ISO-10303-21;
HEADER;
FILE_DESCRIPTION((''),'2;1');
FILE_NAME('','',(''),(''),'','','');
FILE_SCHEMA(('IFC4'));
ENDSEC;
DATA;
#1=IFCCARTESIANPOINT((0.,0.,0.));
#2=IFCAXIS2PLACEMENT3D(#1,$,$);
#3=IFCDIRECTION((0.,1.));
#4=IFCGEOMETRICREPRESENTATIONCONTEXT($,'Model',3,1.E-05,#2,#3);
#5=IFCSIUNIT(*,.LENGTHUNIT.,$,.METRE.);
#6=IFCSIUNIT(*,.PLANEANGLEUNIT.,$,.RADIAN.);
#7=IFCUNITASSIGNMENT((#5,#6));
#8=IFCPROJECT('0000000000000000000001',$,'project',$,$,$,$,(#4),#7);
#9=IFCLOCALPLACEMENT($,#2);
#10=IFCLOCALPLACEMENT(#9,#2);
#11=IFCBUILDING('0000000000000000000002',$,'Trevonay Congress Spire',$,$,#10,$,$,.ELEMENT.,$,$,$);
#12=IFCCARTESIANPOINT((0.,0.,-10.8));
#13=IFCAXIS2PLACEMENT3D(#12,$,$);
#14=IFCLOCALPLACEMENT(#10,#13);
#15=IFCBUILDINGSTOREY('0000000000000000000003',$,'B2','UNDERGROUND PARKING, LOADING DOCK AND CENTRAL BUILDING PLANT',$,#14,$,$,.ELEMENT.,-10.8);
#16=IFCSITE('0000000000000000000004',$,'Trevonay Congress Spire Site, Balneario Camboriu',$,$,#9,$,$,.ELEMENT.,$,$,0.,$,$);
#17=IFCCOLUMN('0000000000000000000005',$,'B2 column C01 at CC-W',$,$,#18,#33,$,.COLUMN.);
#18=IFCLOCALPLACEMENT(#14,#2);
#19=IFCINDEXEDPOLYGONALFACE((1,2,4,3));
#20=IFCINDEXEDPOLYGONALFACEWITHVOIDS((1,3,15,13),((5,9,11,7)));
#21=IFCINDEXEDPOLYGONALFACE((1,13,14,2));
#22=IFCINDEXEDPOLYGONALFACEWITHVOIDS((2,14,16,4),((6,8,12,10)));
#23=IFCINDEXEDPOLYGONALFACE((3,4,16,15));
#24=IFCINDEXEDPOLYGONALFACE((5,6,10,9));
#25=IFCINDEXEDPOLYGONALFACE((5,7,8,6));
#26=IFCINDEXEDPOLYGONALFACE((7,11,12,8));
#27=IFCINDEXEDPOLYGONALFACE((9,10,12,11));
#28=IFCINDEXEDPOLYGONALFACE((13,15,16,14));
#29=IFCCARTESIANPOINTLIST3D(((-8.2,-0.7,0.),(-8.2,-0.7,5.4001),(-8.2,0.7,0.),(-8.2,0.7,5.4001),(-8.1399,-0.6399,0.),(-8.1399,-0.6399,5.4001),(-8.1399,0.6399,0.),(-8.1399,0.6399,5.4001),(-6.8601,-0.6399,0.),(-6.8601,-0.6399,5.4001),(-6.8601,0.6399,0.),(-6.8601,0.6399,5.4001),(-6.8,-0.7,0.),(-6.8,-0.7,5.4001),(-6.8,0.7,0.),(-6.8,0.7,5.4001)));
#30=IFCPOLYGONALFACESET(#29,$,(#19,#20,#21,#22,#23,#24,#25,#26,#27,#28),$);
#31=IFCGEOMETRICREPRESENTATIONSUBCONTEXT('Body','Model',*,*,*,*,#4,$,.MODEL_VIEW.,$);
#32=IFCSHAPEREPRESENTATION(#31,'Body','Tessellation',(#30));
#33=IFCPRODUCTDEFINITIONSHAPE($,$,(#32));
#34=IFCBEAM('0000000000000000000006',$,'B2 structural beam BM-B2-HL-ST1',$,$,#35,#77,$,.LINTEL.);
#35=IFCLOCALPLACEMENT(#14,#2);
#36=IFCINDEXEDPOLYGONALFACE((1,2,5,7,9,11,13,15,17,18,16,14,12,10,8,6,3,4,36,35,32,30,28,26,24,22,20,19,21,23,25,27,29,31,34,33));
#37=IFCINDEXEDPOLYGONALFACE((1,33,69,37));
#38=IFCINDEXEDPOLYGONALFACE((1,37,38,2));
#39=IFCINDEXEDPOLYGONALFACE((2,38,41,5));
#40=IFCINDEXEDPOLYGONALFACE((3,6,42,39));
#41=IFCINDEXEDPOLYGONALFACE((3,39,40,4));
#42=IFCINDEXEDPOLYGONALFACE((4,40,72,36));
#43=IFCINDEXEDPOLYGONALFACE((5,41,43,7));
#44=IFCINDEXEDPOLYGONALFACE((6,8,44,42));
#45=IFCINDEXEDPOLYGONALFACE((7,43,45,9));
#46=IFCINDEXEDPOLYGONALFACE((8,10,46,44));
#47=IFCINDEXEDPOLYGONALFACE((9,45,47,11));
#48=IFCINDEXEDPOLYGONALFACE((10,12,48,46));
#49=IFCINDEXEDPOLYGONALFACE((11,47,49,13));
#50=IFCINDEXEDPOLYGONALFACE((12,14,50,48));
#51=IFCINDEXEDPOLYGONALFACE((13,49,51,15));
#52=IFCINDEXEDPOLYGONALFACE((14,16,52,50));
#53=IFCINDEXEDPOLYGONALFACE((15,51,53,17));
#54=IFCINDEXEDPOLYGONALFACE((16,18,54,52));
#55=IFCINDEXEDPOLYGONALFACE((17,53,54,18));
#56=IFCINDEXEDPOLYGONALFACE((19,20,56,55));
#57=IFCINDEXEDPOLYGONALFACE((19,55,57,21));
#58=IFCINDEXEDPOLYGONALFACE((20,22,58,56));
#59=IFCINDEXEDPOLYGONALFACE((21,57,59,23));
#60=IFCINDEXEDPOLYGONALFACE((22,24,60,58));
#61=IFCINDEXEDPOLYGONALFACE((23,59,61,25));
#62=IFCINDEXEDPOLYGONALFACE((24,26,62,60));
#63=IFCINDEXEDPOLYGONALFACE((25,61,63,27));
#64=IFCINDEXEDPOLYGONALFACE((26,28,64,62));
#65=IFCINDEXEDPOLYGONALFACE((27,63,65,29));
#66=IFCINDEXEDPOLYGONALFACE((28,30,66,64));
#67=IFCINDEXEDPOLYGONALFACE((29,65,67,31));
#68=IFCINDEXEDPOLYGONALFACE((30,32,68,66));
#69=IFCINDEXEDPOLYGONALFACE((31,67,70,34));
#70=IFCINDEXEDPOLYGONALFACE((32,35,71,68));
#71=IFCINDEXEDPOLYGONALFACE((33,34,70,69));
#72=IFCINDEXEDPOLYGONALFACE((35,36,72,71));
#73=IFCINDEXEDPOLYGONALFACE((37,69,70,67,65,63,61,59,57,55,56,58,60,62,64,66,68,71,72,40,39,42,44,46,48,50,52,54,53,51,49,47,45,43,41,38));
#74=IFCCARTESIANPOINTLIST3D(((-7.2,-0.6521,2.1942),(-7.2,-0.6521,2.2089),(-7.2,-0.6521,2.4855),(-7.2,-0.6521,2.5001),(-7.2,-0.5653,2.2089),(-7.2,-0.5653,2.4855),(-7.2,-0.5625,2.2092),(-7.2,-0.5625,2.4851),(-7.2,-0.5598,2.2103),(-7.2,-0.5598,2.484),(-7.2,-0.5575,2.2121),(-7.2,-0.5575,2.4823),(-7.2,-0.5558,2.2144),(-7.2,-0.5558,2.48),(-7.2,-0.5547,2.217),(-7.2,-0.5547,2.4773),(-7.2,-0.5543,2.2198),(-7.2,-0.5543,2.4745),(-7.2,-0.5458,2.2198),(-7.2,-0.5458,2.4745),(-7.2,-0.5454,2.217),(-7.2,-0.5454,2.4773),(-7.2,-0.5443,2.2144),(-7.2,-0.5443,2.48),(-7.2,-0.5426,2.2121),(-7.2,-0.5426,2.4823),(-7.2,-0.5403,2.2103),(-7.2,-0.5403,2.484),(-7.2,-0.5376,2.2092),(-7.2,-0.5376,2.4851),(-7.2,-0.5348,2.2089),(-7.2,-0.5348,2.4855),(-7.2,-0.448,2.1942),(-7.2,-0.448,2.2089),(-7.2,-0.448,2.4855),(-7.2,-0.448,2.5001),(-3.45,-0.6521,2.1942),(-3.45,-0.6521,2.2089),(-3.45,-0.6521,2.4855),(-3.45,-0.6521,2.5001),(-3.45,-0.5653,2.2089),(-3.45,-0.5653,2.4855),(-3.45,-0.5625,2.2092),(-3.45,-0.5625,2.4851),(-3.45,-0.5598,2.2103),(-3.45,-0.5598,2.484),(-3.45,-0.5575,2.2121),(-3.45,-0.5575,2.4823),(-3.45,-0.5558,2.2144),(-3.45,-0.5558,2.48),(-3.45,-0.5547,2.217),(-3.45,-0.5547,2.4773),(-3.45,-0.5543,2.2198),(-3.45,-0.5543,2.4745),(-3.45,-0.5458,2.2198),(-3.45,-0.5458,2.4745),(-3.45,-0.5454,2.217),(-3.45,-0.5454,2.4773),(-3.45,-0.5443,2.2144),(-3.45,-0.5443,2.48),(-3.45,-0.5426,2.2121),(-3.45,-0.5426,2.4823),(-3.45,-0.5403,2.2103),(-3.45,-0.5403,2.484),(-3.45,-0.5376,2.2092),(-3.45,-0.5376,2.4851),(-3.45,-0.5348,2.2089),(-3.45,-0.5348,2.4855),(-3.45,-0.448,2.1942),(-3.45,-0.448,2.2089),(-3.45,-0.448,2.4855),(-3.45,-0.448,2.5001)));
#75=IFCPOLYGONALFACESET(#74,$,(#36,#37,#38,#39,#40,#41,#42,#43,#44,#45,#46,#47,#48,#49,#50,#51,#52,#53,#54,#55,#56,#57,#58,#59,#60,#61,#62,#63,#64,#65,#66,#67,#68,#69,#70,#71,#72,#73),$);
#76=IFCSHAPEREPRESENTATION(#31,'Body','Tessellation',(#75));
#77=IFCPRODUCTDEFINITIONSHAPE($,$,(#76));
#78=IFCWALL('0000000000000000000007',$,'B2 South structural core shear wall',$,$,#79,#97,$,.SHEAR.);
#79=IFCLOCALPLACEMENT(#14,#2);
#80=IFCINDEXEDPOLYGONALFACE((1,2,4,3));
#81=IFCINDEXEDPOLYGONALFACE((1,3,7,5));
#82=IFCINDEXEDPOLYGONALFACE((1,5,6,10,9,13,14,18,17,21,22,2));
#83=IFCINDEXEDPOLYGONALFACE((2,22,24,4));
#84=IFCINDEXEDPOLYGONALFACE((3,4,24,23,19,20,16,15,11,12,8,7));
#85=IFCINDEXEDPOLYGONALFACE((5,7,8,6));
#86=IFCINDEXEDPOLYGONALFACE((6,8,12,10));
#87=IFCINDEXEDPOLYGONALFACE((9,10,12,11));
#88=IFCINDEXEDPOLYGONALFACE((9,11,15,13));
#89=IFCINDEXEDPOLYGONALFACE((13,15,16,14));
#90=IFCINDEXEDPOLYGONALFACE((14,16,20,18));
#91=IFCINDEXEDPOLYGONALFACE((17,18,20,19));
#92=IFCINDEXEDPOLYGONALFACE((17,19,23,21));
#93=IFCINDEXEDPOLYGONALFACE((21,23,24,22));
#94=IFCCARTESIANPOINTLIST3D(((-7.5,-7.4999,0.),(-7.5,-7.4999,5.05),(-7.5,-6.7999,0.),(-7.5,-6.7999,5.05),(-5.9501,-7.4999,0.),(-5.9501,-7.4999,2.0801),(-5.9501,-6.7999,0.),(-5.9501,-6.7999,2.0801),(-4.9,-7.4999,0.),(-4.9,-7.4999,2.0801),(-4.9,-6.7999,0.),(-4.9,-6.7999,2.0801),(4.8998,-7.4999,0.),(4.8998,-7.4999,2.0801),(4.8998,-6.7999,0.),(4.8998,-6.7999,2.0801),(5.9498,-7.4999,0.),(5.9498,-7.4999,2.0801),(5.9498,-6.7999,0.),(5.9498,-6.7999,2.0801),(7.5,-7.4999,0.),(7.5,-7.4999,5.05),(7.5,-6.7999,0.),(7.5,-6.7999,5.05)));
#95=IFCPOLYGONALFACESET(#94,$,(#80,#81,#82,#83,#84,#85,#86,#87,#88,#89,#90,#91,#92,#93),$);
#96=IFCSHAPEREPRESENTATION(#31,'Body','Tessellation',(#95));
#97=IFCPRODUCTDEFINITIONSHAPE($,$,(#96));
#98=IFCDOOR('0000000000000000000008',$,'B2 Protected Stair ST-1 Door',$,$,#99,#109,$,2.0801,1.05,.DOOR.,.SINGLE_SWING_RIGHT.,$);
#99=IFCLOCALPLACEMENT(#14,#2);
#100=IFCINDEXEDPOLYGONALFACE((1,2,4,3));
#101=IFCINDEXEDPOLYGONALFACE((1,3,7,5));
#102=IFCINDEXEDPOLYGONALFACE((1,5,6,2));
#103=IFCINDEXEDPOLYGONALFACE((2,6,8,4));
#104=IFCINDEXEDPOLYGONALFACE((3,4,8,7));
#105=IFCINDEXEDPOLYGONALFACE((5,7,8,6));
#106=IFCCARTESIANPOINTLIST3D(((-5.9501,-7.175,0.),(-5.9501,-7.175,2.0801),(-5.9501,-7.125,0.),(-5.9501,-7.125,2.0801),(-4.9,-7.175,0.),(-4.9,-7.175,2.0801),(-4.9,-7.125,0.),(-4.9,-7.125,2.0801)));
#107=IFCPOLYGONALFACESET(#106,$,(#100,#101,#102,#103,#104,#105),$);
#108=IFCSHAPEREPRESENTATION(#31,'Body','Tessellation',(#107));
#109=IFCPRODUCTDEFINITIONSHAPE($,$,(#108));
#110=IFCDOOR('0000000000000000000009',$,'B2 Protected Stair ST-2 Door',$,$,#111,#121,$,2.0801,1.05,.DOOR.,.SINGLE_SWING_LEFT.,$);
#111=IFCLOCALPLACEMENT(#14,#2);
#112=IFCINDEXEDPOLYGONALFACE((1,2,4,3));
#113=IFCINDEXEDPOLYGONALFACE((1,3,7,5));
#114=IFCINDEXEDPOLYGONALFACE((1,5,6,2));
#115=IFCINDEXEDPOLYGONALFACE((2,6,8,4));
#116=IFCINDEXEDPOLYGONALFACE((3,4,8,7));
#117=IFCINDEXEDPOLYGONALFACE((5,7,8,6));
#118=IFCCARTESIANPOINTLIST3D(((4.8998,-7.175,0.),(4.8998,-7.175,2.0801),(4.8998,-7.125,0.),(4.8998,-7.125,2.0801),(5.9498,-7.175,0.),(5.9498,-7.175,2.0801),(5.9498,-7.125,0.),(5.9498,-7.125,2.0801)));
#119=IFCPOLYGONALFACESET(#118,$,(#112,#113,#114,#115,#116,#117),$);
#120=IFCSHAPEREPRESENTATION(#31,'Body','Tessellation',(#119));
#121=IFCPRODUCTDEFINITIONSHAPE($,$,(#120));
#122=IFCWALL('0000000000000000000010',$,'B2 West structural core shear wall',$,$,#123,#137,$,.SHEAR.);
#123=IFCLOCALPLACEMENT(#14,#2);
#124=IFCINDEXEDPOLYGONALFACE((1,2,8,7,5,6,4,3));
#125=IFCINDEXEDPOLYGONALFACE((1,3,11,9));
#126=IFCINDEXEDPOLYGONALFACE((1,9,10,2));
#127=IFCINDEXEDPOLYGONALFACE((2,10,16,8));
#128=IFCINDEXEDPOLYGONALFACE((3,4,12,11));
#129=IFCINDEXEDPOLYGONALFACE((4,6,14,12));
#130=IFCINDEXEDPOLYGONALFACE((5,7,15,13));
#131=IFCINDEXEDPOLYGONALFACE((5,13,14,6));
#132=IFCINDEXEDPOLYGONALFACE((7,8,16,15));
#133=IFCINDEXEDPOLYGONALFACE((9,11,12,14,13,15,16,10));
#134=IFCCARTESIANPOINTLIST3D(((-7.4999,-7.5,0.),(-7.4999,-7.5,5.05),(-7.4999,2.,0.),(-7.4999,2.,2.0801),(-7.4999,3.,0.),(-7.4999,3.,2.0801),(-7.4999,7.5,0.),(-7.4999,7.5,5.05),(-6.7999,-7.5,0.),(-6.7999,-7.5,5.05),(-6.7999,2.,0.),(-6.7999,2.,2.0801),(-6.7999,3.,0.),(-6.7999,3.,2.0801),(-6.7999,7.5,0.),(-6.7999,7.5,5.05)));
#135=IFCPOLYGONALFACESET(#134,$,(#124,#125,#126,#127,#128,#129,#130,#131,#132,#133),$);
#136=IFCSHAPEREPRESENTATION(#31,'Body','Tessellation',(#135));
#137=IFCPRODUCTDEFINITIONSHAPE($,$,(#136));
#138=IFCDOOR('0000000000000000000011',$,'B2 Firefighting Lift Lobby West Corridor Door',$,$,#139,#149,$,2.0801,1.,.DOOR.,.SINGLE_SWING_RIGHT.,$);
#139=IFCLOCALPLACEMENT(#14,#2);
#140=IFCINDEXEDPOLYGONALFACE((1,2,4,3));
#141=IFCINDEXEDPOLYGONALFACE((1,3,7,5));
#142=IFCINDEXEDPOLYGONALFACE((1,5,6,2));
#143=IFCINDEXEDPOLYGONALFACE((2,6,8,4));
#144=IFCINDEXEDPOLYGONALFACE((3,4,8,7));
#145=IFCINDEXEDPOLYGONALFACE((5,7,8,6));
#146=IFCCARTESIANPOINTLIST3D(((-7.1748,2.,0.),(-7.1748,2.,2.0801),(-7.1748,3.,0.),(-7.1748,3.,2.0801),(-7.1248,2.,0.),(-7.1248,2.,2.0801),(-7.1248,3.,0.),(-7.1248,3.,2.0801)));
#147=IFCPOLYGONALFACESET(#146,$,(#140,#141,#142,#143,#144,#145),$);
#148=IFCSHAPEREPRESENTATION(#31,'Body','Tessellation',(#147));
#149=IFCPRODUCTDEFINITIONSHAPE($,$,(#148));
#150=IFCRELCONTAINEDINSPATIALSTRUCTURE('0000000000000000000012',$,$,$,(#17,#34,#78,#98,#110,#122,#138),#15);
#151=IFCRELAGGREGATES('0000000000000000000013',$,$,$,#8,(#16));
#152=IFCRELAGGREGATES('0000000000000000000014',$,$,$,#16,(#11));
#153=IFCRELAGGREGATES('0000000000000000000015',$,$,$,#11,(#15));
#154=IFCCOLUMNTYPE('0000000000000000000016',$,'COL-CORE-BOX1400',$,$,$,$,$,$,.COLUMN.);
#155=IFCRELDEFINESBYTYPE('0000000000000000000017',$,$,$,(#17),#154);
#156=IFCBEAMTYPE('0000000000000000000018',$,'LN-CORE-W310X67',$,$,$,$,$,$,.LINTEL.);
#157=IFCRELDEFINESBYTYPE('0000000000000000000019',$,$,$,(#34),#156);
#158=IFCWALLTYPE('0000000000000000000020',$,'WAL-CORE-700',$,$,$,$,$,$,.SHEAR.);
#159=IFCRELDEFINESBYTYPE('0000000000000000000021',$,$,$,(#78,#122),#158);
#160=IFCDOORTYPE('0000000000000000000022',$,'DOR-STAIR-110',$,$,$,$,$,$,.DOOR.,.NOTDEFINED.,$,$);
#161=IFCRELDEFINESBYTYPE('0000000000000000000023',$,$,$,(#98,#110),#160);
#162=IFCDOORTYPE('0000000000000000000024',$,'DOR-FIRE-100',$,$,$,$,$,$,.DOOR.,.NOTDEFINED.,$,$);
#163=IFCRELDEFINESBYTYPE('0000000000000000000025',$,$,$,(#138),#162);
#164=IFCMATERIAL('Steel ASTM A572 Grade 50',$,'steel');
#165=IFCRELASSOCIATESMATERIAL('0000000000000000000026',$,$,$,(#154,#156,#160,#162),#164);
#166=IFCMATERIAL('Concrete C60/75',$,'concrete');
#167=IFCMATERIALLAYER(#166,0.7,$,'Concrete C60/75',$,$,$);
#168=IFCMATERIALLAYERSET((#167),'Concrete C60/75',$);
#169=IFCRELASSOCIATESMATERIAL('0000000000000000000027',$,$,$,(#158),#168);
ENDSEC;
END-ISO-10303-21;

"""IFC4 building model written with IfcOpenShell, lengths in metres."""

from ifc_helpers import new_model, si_unit, direction, frame, frame_2d, origin, origin_2d, place, context, subcontext, project, spatial, rectangle, hollow_rectangle, i_section, extrude, material, layer, layer_set, material_profile, profile_set, type_object, element, fill, save


model = new_model("IFC4")

# Units and contexts
model_context = context("Model", 3, precision=1e-05, world=origin(), true_north=direction((0.0, 1.0)))
body_context = subcontext(model_context, "Body", "Model", "MODEL_VIEW")
ifc_project = project(units=[si_unit("LENGTHUNIT", "METRE"), si_unit("PLANEANGLEUNIT", "RADIAN")], contexts=[model_context])

# Site, building, storey
site_placement = place(None, origin())
site = spatial("IfcSite", under=ifc_project, at=site_placement, Name="Trevonay Congress Spire Site, Balneario Camboriu", CompositionType="ELEMENT", RefElevation=0.0)
building_placement = place(site_placement, origin())
building = spatial("IfcBuilding", under=site, at=building_placement, Name="Trevonay Congress Spire", CompositionType="ELEMENT")
storey_placement = place(building_placement, frame((0.0, 0.0, -10.8)))
storey = spatial("IfcBuildingStorey", under=building, at=storey_placement, Name="B2", Description="UNDERGROUND PARKING, LOADING DOCK AND CENTRAL BUILDING PLANT", CompositionType="ELEMENT", Elevation=-10.8)

# Column
ifc_material_1 = material(Name="Steel ASTM A572 Grade 50", Category="steel")
ifc_material_profile_1 = material_profile(ifc_material_1, hollow_rectangle(XDim=1.3999, YDim=1.3999, WallThickness=0.0601, at=origin_2d()), Name="BOX 1400x1400x60")
ifc_profile_set_1 = profile_set([ifc_material_profile_1], Name="Steel ASTM A572 Grade 50")
column_type = type_object("IfcColumnType", Name="COL-CORE-BOX1400", PredefinedType="COLUMN", material=ifc_profile_set_1)
for number, where, z_axis, x_axis, name in (
    (1, (-7.5, 0.0, 0.0), (0.0, 0.0, 1.0), (1.0, 0.0, 0.0), "B2 column C01 at CC-W"),
):
    element("IfcColumn", number, at=place(storey_placement, frame(where, z_axis=z_axis, x_axis=x_axis)), inside=storey, type_object=column_type, Name=name, PredefinedType="COLUMN", context=body_context, shape_type="SweptSolid", body=[
        extrude(hollow_rectangle(XDim=1.3999, YDim=1.3999, WallThickness=0.0601, at=origin_2d()), origin(), (0.0, 0.0, 1.0), 5.4001),
    ])

# Beam
ifc_material_profile_2 = material_profile(ifc_material_1, i_section(OverallWidth=0.2041, OverallDepth=0.3059, WebThickness=0.0085, FlangeThickness=0.0146, FilletRadius=0.011, at=origin_2d()), Name="W310x67")
ifc_profile_set_2 = profile_set([ifc_material_profile_2], Name="Steel ASTM A572 Grade 50")
beam_type = type_object("IfcBeamType", Name="LN-CORE-W310X67", PredefinedType="LINTEL", material=ifc_profile_set_2)
beam_placement = place(storey_placement, frame((-7.2, -0.55, 2.3472), z_axis=(1.0, 0.0, 0.0), x_axis=(0.0, 1.0, 0.0)))
element("IfcBeam", 2, at=beam_placement, inside=storey, type_object=beam_type, Name="B2 structural beam BM-B2-HL-ST1", PredefinedType="LINTEL", context=body_context, shape_type="SweptSolid", body=[
    extrude(i_section(OverallWidth=0.2041, OverallDepth=0.3059, WebThickness=0.0085, FlangeThickness=0.0146, FilletRadius=0.011, at=origin_2d()), origin(), (0.0, 0.0, 1.0), 3.75),
])

# Wall, openings, doors
ifc_material_2 = material(Name="Concrete C60/75", Category="concrete")
ifc_layer_1 = layer(ifc_material_2, 0.7, Name="Concrete C60/75")
ifc_layer_set_1 = layer_set([ifc_layer_1], Name="Concrete C60/75")
wall_type_1 = type_object("IfcWallType", Name="WAL-CORE-700", PredefinedType="SHEAR", material=ifc_layer_set_1)
wall_1_placement = place(storey_placement, frame((-7.5, -7.1499, 0.0), z_axis=(0.0, 0.0, 1.0), x_axis=(1.0, 0.0, 0.0)))
wall_1 = element("IfcWall", 3, at=wall_1_placement, inside=storey, type_object=wall_type_1, Name="B2 South structural core shear wall", PredefinedType="SHEAR", context=body_context, shape_type="SweptSolid", body=[
    extrude(rectangle(XDim=15.0, YDim=0.7, at=frame_2d((7.5, 0.0))), origin(), (0.0, 0.0, 1.0), 5.05),
])
opening_1_placement = place(wall_1_placement, frame((1.55, 0.0, 0.0)))
opening_1 = element("IfcOpeningElement", 4, at=opening_1_placement, cuts=wall_1, PredefinedType="OPENING", context=body_context, shape_type="SweptSolid", body=[
    extrude(rectangle(XDim=1.05, YDim=2.0801, at=frame_2d((0.5249, 1.04))), frame((0.0, 0.3599, 0.0), z_axis=(0.0, -1.0, 0.0), x_axis=(1.0, 0.0, 0.0)), (0.0, 0.0, 1.0), 0.72),
])
opening_2_placement = place(wall_1_placement, frame((12.3999, 0.0, 0.0)))
opening_2 = element("IfcOpeningElement", 5, at=opening_2_placement, cuts=wall_1, PredefinedType="OPENING", context=body_context, shape_type="SweptSolid", body=[
    extrude(rectangle(XDim=1.05, YDim=2.0801, at=frame_2d((0.5249, 1.04))), frame((0.0, 0.3599, 0.0), z_axis=(0.0, -1.0, 0.0), x_axis=(1.0, 0.0, 0.0)), (0.0, 0.0, 1.0), 0.72),
])
door_type_1 = type_object("IfcDoorType", Name="DOR-STAIR-110", OperationType="NOTDEFINED", PredefinedType="DOOR", material=ifc_material_1)
door_1_placement = place(opening_1_placement, origin())
door_1 = element("IfcDoor", 6, at=door_1_placement, inside=storey, type_object=door_type_1, Name="B2 Protected Stair ST-1 Door", OperationType="SINGLE_SWING_RIGHT", OverallHeight=2.0801, OverallWidth=1.05, PredefinedType="DOOR", context=body_context, shape_type="SweptSolid", body=[
    extrude(rectangle(XDim=1.05, YDim=2.0801, at=frame_2d((0.5249, 1.04))), frame((0.0, 0.0249, 0.0), z_axis=(0.0, -1.0, 0.0), x_axis=(1.0, 0.0, 0.0)), (0.0, 0.0, 1.0), 0.05),
])
fill(opening_1, door_1)
door_2_placement = place(opening_2_placement, origin())
door_2 = element("IfcDoor", 7, at=door_2_placement, inside=storey, type_object=door_type_1, Name="B2 Protected Stair ST-2 Door", OperationType="SINGLE_SWING_LEFT", OverallHeight=2.0801, OverallWidth=1.05, PredefinedType="DOOR", context=body_context, shape_type="SweptSolid", body=[
    extrude(rectangle(XDim=1.05, YDim=2.0801, at=frame_2d((0.5249, 1.04))), frame((0.0, 0.0249, 0.0), z_axis=(0.0, -1.0, 0.0), x_axis=(1.0, 0.0, 0.0)), (0.0, 0.0, 1.0), 0.05),
])
fill(opening_2, door_2)

# Wall, opening, door
wall_2_placement = place(storey_placement, frame((-7.1499, -7.5, 0.0), z_axis=(0.0, 0.0, 1.0), x_axis=(0.0, 1.0, 0.0)))
wall_2 = element("IfcWall", 8, at=wall_2_placement, inside=storey, type_object=wall_type_1, Name="B2 West structural core shear wall", PredefinedType="SHEAR", context=body_context, shape_type="SweptSolid", body=[
    extrude(rectangle(XDim=15.0, YDim=0.7, at=frame_2d((7.5, 0.0))), origin(), (0.0, 0.0, 1.0), 5.05),
])
opening_3_placement = place(wall_2_placement, frame((9.5, 0.0, 0.0)))
opening_3 = element("IfcOpeningElement", 9, at=opening_3_placement, cuts=wall_2, PredefinedType="OPENING", context=body_context, shape_type="SweptSolid", body=[
    extrude(rectangle(XDim=1.0, YDim=2.0801, at=frame_2d((0.5, 1.04))), frame((0.0, 0.3599, 0.0), z_axis=(0.0, -1.0, 0.0), x_axis=(1.0, 0.0, 0.0)), (0.0, 0.0, 1.0), 0.72),
])
door_type_2 = type_object("IfcDoorType", Name="DOR-FIRE-100", OperationType="NOTDEFINED", PredefinedType="DOOR", material=ifc_material_1)
door_3_placement = place(opening_3_placement, origin())
door_3 = element("IfcDoor", 10, at=door_3_placement, inside=storey, type_object=door_type_2, Name="B2 Firefighting Lift Lobby West Corridor Door", OperationType="SINGLE_SWING_RIGHT", OverallHeight=2.0801, OverallWidth=1.0, PredefinedType="DOOR", context=body_context, shape_type="SweptSolid", body=[
    extrude(rectangle(XDim=1.0, YDim=2.0801, at=frame_2d((0.5, 1.04))), frame((0.0, 0.0249, 0.0), z_axis=(0.0, -1.0, 0.0), x_axis=(1.0, 0.0, 0.0)), (0.0, 0.0, 1.0), 0.05),
])
fill(opening_3, door_3)

save(model, "model.ifc")
